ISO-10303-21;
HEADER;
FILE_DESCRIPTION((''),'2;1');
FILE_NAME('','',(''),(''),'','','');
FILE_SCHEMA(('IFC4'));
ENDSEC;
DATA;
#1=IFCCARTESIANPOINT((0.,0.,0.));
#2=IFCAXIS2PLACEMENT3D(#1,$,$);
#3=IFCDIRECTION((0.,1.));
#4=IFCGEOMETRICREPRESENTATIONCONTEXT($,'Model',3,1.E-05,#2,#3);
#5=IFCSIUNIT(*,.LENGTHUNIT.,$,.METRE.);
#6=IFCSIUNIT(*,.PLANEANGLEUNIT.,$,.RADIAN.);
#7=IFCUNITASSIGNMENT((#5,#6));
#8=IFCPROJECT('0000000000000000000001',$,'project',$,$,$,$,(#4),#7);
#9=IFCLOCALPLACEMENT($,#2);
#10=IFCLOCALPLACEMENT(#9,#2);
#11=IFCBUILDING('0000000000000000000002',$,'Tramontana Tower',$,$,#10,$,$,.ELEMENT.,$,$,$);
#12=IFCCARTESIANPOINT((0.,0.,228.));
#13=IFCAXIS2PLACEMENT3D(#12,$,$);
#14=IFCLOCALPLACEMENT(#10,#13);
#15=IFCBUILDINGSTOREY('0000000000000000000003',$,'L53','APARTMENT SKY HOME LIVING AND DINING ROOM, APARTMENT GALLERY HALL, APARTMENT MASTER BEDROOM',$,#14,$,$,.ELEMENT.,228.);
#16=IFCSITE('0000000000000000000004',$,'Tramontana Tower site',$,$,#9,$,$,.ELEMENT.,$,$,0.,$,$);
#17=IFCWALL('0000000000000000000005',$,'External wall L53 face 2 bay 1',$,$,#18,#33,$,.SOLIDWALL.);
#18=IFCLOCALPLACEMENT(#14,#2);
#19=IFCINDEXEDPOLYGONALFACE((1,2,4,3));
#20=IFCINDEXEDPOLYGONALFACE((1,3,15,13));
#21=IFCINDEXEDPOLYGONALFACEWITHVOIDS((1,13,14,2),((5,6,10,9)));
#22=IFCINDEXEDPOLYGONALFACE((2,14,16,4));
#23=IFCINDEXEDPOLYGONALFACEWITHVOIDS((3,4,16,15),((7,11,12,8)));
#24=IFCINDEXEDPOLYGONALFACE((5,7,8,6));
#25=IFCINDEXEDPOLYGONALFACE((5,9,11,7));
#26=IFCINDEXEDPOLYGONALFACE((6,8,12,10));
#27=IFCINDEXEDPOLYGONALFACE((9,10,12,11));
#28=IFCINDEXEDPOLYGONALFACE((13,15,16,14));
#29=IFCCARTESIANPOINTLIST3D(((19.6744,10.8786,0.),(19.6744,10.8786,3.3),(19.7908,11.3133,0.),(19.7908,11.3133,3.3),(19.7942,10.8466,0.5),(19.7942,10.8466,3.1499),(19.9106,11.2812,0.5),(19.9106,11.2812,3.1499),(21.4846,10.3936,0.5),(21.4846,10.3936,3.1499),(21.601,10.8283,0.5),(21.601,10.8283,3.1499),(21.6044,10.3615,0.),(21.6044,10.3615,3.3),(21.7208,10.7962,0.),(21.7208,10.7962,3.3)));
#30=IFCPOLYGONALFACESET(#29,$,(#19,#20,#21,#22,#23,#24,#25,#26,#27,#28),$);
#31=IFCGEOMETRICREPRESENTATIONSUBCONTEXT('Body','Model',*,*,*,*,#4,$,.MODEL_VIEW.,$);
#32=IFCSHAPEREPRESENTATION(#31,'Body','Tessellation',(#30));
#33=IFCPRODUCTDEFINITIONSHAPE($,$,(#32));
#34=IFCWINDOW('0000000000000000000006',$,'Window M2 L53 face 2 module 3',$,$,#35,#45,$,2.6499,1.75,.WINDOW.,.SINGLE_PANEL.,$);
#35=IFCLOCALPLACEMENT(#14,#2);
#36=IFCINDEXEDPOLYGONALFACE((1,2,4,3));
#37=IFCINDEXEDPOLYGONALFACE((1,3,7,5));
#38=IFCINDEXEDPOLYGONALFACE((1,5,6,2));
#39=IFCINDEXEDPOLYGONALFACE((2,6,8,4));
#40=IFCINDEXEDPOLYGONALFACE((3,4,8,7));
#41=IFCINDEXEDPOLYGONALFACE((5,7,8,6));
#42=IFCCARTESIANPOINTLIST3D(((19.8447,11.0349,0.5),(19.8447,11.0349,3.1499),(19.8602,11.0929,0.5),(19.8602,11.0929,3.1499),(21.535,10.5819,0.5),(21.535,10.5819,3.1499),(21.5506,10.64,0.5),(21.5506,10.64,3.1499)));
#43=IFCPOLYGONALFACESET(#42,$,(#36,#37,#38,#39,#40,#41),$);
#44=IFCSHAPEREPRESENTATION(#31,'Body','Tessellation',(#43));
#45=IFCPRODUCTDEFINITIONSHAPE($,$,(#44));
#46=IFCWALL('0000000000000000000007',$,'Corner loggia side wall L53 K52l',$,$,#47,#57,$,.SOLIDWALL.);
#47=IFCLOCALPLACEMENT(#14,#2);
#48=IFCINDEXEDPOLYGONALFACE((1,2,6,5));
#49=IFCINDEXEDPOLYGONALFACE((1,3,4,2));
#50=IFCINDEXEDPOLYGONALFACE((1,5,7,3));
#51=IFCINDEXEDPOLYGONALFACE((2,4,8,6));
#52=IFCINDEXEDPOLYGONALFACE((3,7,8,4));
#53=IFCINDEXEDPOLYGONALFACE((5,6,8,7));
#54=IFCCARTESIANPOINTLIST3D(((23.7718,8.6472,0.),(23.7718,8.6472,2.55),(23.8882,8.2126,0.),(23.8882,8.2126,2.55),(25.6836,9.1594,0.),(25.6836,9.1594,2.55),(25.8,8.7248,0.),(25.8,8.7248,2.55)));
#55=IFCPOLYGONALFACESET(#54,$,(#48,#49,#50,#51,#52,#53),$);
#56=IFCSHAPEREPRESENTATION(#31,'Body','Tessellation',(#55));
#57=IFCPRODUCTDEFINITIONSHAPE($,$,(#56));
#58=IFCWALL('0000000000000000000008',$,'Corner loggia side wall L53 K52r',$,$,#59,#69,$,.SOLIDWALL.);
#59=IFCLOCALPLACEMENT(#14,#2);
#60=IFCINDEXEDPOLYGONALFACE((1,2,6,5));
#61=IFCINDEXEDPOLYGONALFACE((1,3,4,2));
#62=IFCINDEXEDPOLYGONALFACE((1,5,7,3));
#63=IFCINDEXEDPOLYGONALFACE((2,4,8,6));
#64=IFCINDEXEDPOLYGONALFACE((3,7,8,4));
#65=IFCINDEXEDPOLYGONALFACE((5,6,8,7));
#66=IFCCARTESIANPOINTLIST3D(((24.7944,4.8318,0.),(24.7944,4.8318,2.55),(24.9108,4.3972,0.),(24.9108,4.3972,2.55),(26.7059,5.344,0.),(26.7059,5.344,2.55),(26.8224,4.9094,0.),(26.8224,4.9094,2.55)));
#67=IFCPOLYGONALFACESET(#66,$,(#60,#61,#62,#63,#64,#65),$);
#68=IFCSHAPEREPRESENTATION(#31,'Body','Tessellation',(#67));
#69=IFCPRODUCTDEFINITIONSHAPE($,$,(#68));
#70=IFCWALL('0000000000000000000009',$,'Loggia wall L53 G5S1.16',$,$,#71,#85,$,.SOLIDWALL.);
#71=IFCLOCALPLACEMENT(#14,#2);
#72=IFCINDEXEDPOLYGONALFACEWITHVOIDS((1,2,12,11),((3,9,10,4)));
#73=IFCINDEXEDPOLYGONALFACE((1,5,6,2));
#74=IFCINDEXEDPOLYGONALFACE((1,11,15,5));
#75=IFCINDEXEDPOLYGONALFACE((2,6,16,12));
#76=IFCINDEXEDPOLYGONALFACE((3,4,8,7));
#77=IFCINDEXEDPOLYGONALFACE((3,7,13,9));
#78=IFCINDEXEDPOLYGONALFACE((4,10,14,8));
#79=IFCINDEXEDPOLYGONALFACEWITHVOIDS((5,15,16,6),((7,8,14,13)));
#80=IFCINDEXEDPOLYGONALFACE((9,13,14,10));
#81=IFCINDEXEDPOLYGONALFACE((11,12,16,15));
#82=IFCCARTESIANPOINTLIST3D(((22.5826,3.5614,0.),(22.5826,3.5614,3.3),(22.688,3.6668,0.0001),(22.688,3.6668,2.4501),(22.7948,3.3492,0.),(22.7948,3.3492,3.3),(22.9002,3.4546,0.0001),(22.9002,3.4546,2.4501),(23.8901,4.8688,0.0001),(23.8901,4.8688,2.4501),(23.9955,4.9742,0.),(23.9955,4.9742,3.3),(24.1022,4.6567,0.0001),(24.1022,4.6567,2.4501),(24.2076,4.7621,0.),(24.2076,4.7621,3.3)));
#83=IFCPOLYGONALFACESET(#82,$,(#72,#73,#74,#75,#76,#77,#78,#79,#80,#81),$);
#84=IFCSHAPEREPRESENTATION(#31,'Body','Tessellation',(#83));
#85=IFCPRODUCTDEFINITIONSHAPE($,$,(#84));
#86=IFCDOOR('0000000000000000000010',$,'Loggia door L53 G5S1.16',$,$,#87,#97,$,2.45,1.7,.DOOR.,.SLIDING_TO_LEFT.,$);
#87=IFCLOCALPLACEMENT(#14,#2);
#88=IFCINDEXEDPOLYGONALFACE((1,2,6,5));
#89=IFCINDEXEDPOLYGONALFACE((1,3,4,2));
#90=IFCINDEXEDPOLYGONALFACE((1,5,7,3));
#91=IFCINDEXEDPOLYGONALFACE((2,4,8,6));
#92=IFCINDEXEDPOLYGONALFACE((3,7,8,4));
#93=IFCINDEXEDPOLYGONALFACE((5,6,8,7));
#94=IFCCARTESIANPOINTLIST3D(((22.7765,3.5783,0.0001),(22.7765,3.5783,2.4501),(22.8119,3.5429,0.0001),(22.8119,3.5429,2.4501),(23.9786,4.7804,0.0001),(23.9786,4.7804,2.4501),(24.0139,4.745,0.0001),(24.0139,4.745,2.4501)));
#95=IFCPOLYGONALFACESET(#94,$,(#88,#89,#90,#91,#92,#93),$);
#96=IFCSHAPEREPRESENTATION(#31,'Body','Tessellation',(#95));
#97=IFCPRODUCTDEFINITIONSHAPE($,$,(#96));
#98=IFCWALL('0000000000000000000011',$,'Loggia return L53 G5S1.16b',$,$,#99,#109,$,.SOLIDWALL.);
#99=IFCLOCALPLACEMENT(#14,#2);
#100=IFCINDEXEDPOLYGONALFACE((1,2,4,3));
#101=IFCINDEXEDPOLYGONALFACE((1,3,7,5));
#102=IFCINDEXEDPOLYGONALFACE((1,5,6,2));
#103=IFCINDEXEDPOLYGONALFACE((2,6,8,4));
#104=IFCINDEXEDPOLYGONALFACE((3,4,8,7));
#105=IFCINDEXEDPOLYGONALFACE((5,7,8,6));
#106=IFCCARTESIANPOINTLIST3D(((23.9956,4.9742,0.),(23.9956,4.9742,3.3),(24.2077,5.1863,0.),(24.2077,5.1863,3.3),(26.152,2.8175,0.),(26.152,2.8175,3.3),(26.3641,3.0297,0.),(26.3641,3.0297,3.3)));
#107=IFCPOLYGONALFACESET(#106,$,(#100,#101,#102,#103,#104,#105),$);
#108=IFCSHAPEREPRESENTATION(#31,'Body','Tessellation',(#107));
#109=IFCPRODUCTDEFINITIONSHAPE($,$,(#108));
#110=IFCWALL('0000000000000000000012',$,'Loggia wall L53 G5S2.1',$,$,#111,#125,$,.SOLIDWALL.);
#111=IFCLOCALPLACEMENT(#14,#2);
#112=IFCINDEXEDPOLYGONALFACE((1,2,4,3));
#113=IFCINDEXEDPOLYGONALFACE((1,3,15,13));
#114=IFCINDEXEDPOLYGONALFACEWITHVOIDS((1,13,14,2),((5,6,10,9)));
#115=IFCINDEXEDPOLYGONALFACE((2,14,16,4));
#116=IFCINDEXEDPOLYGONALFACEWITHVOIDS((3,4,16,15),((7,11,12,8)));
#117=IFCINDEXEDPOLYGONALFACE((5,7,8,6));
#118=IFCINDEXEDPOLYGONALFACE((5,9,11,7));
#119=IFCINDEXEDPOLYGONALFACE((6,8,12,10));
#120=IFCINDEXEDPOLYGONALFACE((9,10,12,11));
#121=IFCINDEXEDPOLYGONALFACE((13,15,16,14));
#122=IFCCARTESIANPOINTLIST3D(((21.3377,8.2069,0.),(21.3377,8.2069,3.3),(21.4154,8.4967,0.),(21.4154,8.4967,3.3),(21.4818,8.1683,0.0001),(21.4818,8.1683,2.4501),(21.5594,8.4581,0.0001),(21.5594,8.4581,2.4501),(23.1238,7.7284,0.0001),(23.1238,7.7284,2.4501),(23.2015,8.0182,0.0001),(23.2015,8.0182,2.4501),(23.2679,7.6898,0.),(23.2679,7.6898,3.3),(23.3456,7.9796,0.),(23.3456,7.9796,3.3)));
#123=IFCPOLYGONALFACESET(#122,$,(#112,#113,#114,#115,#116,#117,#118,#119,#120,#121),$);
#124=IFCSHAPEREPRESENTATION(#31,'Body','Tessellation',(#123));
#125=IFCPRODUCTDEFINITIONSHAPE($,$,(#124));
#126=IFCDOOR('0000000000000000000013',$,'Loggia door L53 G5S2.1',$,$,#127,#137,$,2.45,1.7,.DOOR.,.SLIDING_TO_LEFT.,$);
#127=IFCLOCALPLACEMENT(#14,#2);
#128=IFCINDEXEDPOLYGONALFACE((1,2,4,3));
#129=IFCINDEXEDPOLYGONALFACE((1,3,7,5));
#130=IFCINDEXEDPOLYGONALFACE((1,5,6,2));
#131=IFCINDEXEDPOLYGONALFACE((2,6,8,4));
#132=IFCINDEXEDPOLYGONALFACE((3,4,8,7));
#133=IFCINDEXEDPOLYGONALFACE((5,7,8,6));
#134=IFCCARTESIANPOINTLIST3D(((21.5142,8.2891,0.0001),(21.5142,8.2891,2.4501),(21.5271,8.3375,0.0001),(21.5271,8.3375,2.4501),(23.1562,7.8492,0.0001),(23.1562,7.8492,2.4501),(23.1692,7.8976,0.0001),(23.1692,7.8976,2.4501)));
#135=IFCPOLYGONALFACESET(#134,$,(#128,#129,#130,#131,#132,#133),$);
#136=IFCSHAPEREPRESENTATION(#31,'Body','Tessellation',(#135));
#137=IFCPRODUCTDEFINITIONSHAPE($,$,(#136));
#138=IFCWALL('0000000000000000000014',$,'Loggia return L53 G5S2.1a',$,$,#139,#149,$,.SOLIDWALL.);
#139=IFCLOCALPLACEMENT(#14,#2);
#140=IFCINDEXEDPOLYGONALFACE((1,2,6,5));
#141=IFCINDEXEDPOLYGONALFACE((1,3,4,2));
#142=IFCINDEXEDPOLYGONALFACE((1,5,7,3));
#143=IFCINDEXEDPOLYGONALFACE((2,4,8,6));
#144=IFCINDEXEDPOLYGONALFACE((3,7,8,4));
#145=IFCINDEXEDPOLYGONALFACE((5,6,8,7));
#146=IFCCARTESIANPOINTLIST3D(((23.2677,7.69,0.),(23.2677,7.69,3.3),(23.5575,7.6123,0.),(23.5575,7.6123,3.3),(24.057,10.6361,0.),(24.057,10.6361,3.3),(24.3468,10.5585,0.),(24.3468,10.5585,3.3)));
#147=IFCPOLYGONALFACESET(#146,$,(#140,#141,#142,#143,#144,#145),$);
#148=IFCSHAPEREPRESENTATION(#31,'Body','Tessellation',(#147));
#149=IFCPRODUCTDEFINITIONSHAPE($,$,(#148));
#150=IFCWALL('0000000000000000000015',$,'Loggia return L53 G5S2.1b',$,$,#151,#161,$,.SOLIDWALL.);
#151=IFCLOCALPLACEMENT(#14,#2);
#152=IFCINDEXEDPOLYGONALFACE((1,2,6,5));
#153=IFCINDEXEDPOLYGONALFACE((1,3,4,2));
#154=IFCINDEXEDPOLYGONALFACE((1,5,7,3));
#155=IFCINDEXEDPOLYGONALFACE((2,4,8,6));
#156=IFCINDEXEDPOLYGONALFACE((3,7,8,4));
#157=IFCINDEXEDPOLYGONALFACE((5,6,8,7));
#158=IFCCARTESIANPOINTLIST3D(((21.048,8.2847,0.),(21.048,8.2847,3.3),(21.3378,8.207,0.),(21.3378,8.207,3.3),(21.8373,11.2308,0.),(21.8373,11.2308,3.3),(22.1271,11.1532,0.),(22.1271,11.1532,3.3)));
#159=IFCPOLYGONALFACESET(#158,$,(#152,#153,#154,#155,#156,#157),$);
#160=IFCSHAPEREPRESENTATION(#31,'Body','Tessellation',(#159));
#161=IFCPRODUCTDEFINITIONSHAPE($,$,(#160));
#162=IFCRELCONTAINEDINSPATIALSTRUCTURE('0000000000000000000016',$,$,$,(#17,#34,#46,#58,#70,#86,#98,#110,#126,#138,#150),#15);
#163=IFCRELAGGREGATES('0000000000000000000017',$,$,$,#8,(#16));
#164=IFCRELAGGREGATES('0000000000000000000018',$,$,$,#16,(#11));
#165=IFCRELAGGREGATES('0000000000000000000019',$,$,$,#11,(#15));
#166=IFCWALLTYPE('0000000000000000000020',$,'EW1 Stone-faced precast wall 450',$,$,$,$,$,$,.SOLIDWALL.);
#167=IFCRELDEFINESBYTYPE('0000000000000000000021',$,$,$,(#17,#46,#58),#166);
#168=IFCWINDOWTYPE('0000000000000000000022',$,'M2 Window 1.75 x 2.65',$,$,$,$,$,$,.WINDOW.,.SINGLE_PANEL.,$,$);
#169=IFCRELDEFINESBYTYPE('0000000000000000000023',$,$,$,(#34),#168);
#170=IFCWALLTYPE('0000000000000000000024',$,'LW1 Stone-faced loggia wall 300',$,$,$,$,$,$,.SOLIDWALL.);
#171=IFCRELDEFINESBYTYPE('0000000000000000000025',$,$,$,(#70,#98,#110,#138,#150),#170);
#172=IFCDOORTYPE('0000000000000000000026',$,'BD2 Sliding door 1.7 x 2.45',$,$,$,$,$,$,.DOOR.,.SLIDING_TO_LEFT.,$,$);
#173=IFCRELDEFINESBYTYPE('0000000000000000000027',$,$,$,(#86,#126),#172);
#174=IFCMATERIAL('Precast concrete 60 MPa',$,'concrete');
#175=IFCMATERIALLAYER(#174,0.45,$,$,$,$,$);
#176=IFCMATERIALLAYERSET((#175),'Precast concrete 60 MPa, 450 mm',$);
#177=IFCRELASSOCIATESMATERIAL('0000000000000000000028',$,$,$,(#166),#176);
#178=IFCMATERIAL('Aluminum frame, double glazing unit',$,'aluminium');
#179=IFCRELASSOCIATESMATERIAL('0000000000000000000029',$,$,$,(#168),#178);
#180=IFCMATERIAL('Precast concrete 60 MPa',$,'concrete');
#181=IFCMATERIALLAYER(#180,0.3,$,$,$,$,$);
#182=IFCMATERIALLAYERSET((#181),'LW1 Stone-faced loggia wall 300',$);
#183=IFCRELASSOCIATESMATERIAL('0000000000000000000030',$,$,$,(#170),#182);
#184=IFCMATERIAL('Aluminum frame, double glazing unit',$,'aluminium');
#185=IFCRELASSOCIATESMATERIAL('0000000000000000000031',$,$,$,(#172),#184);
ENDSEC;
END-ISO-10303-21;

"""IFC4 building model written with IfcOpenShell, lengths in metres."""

from ifc_helpers import new_model, si_unit, direction, frame, frame_2d, origin, place, context, subcontext, project, spatial, rectangle, extrude, material, layer, layer_set, type_object, element, fill, save


model = new_model("IFC4")

# Units and contexts
model_context = context("Model", 3, precision=1e-05, world=origin(), true_north=direction((0.0, 1.0)))
body_context = subcontext(model_context, "Body", "Model", "MODEL_VIEW")
ifc_project = project(units=[si_unit("LENGTHUNIT", "METRE"), si_unit("PLANEANGLEUNIT", "RADIAN")], contexts=[model_context])

# Site, building, storey
site_placement = place(None, origin())
site = spatial("IfcSite", under=ifc_project, at=site_placement, Name="Tramontana Tower site", CompositionType="ELEMENT", RefElevation=0.0)
building_placement = place(site_placement, origin())
building = spatial("IfcBuilding", under=site, at=building_placement, Name="Tramontana Tower", CompositionType="ELEMENT")
storey_placement = place(building_placement, frame((0.0, 0.0, 228.0)))
storey = spatial("IfcBuildingStorey", under=building, at=storey_placement, Name="L53", Description="APARTMENT SKY HOME LIVING AND DINING ROOM, APARTMENT GALLERY HALL, APARTMENT MASTER BEDROOM", CompositionType="ELEMENT", Elevation=228.0)

# Wall, opening, window
ifc_material_1 = material(Name="Precast concrete 60 MPa", Category="concrete")
ifc_layer_1 = layer(ifc_material_1, 0.45)
ifc_layer_set_1 = layer_set([ifc_layer_1], Name="Precast concrete 60 MPa, 450 mm")
wall_type_1 = type_object("IfcWallType", Name="EW1 Stone-faced precast wall 450", PredefinedType="SOLIDWALL", material=ifc_layer_set_1)
wall_1_placement = place(storey_placement, frame((21.6626, 10.5789, 0.0), z_axis=(0.0, 0.0, 1.0), x_axis=(-0.96593, 0.258803, 0.0)))
wall_1 = element("IfcWall", 1, at=wall_1_placement, inside=storey, type_object=wall_type_1, Name="External wall L53 face 2 bay 1", PredefinedType="SOLIDWALL", context=body_context, shape_type="SweptSolid", body=[
    extrude(rectangle(XDim=1.998, YDim=0.45, at=frame_2d((0.999, 0.0))), origin(), (0.0, 0.0, 1.0), 3.3),
])
opening_1_placement = place(wall_1_placement, frame((0.124, 0.0, 0.5)))
opening_1 = element("IfcOpeningElement", 2, at=opening_1_placement, cuts=wall_1, PredefinedType="OPENING", context=body_context, shape_type="SweptSolid", body=[
    extrude(rectangle(XDim=1.75, YDim=2.6499, at=frame_2d((0.875, 1.325))), frame((0.0, 0.2349, 0.0), z_axis=(0.0, -1.0, 0.0), x_axis=(1.0, 0.0, 0.0)), (0.0, 0.0, 1.0), 0.47),
])
ifc_material_2 = material(Name="Aluminum frame, double glazing unit", Category="aluminium")
window_type_1 = type_object("IfcWindowType", Name="M2 Window 1.75 x 2.65", PartitioningType="SINGLE_PANEL", PredefinedType="WINDOW", material=ifc_material_2)
window_1_placement = place(opening_1_placement, origin())
window_1 = element("IfcWindow", 3, at=window_1_placement, inside=storey, type_object=window_type_1, Name="Window M2 L53 face 2 module 3", OverallHeight=2.6499, OverallWidth=1.75, PartitioningType="SINGLE_PANEL", PredefinedType="WINDOW", context=body_context, shape_type="SweptSolid", body=[
    extrude(rectangle(XDim=1.75, YDim=2.6499, at=frame_2d((0.875, 1.325))), frame((0.0, 0.03, 0.0), z_axis=(0.0, -1.0, 0.0), x_axis=(1.0, 0.0, 0.0)), (0.0, 0.0, 1.0), 0.0601),
])
fill(opening_1, window_1)

# Walls
wall_2_placement = place(storey_placement, frame((25.7419, 8.9421, 0.0), z_axis=(0.0, 0.0, 1.0), x_axis=(-0.965935, -0.258783, 0.0)))
element("IfcWall", 4, at=wall_2_placement, inside=storey, type_object=wall_type_1, Name="Corner loggia side wall L53 K52l", PredefinedType="SOLIDWALL", context=body_context, shape_type="SweptSolid", body=[
    extrude(rectangle(XDim=1.9792, YDim=0.45, at=frame_2d((0.9897, 0.0))), origin(), (0.0, 0.0, 1.0), 2.55),
])
wall_3_placement = place(storey_placement, frame((26.7642, 5.1267, 0.0), z_axis=(0.0, 0.0, 1.0), x_axis=(-0.965927, -0.258814, 0.0)))
element("IfcWall", 5, at=wall_3_placement, inside=storey, type_object=wall_type_1, Name="Corner loggia side wall L53 K52r", PredefinedType="SOLIDWALL", context=body_context, shape_type="SweptSolid", body=[
    extrude(rectangle(XDim=1.979, YDim=0.45, at=frame_2d((0.9895, 0.0))), origin(), (0.0, 0.0, 1.0), 2.55),
])

# Wall, opening, door
ifc_material_3 = material(Name="Precast concrete 60 MPa", Category="concrete")
ifc_layer_2 = layer(ifc_material_3, 0.3)
ifc_layer_set_2 = layer_set([ifc_layer_2], Name="LW1 Stone-faced loggia wall 300")
wall_type_2 = type_object("IfcWallType", Name="LW1 Stone-faced loggia wall 300", PredefinedType="SOLIDWALL", material=ifc_layer_set_2)
wall_4_placement = place(storey_placement, frame((22.6887, 3.4553, 0.0), z_axis=(0.0, 0.0, 1.0), x_axis=(0.707107, 0.707107, 0.0)))
wall_4 = element("IfcWall", 6, at=wall_4_placement, inside=storey, type_object=wall_type_2, Name="Loggia wall L53 G5S1.16", PredefinedType="SOLIDWALL", context=body_context, shape_type="SweptSolid", body=[
    extrude(rectangle(XDim=1.998, YDim=0.3, at=frame_2d((0.999, 0.0))), origin(), (0.0, 0.0, 1.0), 3.3),
])
opening_2_placement = place(wall_4_placement, frame((0.1489, 0.0, 0.0)))
opening_2 = element("IfcOpeningElement", 7, at=opening_2_placement, cuts=wall_4, PredefinedType="OPENING", context=body_context, shape_type="SweptSolid", body=[
    extrude(rectangle(XDim=1.7, YDim=2.45, at=frame_2d((0.8501, 1.2251))), frame((0.0, 0.1599, 0.0), z_axis=(0.0, -1.0, 0.0), x_axis=(1.0, 0.0, 0.0)), (0.0, 0.0, 1.0), 0.3201),
])
ifc_material_4 = material(Name="Aluminum frame, double glazing unit", Category="aluminium")
door_type_1 = type_object("IfcDoorType", Name="BD2 Sliding door 1.7 x 2.45", OperationType="SLIDING_TO_LEFT", PredefinedType="DOOR", material=ifc_material_4)
door_1_placement = place(opening_2_placement, origin())
door_1 = element("IfcDoor", 8, at=door_1_placement, inside=storey, type_object=door_type_1, Name="Loggia door L53 G5S1.16", OperationType="SLIDING_TO_LEFT", OverallHeight=2.45, OverallWidth=1.7, PredefinedType="DOOR", context=body_context, shape_type="SweptSolid", body=[
    extrude(rectangle(XDim=1.7, YDim=2.45, at=frame_2d((0.8501, 1.2251))), frame((0.0, 0.0249, 0.0), z_axis=(0.0, -1.0, 0.0), x_axis=(1.0, 0.0, 0.0)), (0.0, 0.0, 1.0), 0.05),
])
fill(opening_2, door_1)

# Wall
wall_5_placement = place(storey_placement, frame((26.2581, 2.9236, 0.0), z_axis=(0.0, 0.0, 1.0), x_axis=(-0.707067, 0.707147, 0.0)))
element("IfcWall", 9, at=wall_5_placement, inside=storey, type_object=wall_type_2, Name="Loggia return L53 G5S1.16b", PredefinedType="SOLIDWALL", context=body_context, shape_type="SweptSolid", body=[
    extrude(rectangle(XDim=3.0498, YDim=0.3, at=frame_2d((1.5249, 0.0))), origin(), (0.0, 0.0, 1.0), 3.3),
])

# Wall, opening, door
wall_6_placement = place(storey_placement, frame((23.3066, 7.8347, 0.0), z_axis=(0.0, 0.0, 1.0), x_axis=(-0.965938, 0.258773, 0.0)))
wall_6 = element("IfcWall", 10, at=wall_6_placement, inside=storey, type_object=wall_type_2, Name="Loggia wall L53 G5S2.1", PredefinedType="SOLIDWALL", context=body_context, shape_type="SweptSolid", body=[
    extrude(rectangle(XDim=1.9983, YDim=0.3, at=frame_2d((0.999, 0.0))), origin(), (0.0, 0.0, 1.0), 3.3),
])
opening_3_placement = place(wall_6_placement, frame((0.1489, 0.0, 0.0)))
opening_3 = element("IfcOpeningElement", 11, at=opening_3_placement, cuts=wall_6, PredefinedType="OPENING", context=body_context, shape_type="SweptSolid", body=[
    extrude(rectangle(XDim=1.7, YDim=2.45, at=frame_2d((0.8501, 1.2251))), frame((0.0, 0.1599, 0.0), z_axis=(0.0, -1.0, 0.0), x_axis=(1.0, 0.0, 0.0)), (0.0, 0.0, 1.0), 0.3201),
])
door_2_placement = place(opening_3_placement, origin())
door_2 = element("IfcDoor", 12, at=door_2_placement, inside=storey, type_object=door_type_1, Name="Loggia door L53 G5S2.1", OperationType="SLIDING_TO_LEFT", OverallHeight=2.45, OverallWidth=1.7, PredefinedType="DOOR", context=body_context, shape_type="SweptSolid", body=[
    extrude(rectangle(XDim=1.7, YDim=2.45, at=frame_2d((0.8501, 1.2251))), frame((0.0, 0.0249, 0.0), z_axis=(0.0, -1.0, 0.0), x_axis=(1.0, 0.0, 0.0)), (0.0, 0.0, 1.0), 0.05),
])
fill(opening_3, door_2)

# Walls
for number, where, z_axis, x_axis, name in (
    (13, (24.2019, 10.5972, 0.0), (0.0, 0.0, 1.0), (-0.258793, -0.965933, 0.0), "Loggia return L53 G5S2.1a"),
    (14, (21.9822, 11.1919, 0.0), (0.0, 0.0, 1.0), (-0.258793, -0.965933, 0.0), "Loggia return L53 G5S2.1b"),
):
    element("IfcWall", number, at=place(storey_placement, frame(where, z_axis=z_axis, x_axis=x_axis)), inside=storey, type_object=wall_type_2, Name=name, PredefinedType="SOLIDWALL", context=body_context, shape_type="SweptSolid", body=[
        extrude(rectangle(XDim=3.05, YDim=0.3, at=frame_2d((1.5249, 0.0))), origin(), (0.0, 0.0, 1.0), 3.3),
    ])

save(model, "model.ifc")
